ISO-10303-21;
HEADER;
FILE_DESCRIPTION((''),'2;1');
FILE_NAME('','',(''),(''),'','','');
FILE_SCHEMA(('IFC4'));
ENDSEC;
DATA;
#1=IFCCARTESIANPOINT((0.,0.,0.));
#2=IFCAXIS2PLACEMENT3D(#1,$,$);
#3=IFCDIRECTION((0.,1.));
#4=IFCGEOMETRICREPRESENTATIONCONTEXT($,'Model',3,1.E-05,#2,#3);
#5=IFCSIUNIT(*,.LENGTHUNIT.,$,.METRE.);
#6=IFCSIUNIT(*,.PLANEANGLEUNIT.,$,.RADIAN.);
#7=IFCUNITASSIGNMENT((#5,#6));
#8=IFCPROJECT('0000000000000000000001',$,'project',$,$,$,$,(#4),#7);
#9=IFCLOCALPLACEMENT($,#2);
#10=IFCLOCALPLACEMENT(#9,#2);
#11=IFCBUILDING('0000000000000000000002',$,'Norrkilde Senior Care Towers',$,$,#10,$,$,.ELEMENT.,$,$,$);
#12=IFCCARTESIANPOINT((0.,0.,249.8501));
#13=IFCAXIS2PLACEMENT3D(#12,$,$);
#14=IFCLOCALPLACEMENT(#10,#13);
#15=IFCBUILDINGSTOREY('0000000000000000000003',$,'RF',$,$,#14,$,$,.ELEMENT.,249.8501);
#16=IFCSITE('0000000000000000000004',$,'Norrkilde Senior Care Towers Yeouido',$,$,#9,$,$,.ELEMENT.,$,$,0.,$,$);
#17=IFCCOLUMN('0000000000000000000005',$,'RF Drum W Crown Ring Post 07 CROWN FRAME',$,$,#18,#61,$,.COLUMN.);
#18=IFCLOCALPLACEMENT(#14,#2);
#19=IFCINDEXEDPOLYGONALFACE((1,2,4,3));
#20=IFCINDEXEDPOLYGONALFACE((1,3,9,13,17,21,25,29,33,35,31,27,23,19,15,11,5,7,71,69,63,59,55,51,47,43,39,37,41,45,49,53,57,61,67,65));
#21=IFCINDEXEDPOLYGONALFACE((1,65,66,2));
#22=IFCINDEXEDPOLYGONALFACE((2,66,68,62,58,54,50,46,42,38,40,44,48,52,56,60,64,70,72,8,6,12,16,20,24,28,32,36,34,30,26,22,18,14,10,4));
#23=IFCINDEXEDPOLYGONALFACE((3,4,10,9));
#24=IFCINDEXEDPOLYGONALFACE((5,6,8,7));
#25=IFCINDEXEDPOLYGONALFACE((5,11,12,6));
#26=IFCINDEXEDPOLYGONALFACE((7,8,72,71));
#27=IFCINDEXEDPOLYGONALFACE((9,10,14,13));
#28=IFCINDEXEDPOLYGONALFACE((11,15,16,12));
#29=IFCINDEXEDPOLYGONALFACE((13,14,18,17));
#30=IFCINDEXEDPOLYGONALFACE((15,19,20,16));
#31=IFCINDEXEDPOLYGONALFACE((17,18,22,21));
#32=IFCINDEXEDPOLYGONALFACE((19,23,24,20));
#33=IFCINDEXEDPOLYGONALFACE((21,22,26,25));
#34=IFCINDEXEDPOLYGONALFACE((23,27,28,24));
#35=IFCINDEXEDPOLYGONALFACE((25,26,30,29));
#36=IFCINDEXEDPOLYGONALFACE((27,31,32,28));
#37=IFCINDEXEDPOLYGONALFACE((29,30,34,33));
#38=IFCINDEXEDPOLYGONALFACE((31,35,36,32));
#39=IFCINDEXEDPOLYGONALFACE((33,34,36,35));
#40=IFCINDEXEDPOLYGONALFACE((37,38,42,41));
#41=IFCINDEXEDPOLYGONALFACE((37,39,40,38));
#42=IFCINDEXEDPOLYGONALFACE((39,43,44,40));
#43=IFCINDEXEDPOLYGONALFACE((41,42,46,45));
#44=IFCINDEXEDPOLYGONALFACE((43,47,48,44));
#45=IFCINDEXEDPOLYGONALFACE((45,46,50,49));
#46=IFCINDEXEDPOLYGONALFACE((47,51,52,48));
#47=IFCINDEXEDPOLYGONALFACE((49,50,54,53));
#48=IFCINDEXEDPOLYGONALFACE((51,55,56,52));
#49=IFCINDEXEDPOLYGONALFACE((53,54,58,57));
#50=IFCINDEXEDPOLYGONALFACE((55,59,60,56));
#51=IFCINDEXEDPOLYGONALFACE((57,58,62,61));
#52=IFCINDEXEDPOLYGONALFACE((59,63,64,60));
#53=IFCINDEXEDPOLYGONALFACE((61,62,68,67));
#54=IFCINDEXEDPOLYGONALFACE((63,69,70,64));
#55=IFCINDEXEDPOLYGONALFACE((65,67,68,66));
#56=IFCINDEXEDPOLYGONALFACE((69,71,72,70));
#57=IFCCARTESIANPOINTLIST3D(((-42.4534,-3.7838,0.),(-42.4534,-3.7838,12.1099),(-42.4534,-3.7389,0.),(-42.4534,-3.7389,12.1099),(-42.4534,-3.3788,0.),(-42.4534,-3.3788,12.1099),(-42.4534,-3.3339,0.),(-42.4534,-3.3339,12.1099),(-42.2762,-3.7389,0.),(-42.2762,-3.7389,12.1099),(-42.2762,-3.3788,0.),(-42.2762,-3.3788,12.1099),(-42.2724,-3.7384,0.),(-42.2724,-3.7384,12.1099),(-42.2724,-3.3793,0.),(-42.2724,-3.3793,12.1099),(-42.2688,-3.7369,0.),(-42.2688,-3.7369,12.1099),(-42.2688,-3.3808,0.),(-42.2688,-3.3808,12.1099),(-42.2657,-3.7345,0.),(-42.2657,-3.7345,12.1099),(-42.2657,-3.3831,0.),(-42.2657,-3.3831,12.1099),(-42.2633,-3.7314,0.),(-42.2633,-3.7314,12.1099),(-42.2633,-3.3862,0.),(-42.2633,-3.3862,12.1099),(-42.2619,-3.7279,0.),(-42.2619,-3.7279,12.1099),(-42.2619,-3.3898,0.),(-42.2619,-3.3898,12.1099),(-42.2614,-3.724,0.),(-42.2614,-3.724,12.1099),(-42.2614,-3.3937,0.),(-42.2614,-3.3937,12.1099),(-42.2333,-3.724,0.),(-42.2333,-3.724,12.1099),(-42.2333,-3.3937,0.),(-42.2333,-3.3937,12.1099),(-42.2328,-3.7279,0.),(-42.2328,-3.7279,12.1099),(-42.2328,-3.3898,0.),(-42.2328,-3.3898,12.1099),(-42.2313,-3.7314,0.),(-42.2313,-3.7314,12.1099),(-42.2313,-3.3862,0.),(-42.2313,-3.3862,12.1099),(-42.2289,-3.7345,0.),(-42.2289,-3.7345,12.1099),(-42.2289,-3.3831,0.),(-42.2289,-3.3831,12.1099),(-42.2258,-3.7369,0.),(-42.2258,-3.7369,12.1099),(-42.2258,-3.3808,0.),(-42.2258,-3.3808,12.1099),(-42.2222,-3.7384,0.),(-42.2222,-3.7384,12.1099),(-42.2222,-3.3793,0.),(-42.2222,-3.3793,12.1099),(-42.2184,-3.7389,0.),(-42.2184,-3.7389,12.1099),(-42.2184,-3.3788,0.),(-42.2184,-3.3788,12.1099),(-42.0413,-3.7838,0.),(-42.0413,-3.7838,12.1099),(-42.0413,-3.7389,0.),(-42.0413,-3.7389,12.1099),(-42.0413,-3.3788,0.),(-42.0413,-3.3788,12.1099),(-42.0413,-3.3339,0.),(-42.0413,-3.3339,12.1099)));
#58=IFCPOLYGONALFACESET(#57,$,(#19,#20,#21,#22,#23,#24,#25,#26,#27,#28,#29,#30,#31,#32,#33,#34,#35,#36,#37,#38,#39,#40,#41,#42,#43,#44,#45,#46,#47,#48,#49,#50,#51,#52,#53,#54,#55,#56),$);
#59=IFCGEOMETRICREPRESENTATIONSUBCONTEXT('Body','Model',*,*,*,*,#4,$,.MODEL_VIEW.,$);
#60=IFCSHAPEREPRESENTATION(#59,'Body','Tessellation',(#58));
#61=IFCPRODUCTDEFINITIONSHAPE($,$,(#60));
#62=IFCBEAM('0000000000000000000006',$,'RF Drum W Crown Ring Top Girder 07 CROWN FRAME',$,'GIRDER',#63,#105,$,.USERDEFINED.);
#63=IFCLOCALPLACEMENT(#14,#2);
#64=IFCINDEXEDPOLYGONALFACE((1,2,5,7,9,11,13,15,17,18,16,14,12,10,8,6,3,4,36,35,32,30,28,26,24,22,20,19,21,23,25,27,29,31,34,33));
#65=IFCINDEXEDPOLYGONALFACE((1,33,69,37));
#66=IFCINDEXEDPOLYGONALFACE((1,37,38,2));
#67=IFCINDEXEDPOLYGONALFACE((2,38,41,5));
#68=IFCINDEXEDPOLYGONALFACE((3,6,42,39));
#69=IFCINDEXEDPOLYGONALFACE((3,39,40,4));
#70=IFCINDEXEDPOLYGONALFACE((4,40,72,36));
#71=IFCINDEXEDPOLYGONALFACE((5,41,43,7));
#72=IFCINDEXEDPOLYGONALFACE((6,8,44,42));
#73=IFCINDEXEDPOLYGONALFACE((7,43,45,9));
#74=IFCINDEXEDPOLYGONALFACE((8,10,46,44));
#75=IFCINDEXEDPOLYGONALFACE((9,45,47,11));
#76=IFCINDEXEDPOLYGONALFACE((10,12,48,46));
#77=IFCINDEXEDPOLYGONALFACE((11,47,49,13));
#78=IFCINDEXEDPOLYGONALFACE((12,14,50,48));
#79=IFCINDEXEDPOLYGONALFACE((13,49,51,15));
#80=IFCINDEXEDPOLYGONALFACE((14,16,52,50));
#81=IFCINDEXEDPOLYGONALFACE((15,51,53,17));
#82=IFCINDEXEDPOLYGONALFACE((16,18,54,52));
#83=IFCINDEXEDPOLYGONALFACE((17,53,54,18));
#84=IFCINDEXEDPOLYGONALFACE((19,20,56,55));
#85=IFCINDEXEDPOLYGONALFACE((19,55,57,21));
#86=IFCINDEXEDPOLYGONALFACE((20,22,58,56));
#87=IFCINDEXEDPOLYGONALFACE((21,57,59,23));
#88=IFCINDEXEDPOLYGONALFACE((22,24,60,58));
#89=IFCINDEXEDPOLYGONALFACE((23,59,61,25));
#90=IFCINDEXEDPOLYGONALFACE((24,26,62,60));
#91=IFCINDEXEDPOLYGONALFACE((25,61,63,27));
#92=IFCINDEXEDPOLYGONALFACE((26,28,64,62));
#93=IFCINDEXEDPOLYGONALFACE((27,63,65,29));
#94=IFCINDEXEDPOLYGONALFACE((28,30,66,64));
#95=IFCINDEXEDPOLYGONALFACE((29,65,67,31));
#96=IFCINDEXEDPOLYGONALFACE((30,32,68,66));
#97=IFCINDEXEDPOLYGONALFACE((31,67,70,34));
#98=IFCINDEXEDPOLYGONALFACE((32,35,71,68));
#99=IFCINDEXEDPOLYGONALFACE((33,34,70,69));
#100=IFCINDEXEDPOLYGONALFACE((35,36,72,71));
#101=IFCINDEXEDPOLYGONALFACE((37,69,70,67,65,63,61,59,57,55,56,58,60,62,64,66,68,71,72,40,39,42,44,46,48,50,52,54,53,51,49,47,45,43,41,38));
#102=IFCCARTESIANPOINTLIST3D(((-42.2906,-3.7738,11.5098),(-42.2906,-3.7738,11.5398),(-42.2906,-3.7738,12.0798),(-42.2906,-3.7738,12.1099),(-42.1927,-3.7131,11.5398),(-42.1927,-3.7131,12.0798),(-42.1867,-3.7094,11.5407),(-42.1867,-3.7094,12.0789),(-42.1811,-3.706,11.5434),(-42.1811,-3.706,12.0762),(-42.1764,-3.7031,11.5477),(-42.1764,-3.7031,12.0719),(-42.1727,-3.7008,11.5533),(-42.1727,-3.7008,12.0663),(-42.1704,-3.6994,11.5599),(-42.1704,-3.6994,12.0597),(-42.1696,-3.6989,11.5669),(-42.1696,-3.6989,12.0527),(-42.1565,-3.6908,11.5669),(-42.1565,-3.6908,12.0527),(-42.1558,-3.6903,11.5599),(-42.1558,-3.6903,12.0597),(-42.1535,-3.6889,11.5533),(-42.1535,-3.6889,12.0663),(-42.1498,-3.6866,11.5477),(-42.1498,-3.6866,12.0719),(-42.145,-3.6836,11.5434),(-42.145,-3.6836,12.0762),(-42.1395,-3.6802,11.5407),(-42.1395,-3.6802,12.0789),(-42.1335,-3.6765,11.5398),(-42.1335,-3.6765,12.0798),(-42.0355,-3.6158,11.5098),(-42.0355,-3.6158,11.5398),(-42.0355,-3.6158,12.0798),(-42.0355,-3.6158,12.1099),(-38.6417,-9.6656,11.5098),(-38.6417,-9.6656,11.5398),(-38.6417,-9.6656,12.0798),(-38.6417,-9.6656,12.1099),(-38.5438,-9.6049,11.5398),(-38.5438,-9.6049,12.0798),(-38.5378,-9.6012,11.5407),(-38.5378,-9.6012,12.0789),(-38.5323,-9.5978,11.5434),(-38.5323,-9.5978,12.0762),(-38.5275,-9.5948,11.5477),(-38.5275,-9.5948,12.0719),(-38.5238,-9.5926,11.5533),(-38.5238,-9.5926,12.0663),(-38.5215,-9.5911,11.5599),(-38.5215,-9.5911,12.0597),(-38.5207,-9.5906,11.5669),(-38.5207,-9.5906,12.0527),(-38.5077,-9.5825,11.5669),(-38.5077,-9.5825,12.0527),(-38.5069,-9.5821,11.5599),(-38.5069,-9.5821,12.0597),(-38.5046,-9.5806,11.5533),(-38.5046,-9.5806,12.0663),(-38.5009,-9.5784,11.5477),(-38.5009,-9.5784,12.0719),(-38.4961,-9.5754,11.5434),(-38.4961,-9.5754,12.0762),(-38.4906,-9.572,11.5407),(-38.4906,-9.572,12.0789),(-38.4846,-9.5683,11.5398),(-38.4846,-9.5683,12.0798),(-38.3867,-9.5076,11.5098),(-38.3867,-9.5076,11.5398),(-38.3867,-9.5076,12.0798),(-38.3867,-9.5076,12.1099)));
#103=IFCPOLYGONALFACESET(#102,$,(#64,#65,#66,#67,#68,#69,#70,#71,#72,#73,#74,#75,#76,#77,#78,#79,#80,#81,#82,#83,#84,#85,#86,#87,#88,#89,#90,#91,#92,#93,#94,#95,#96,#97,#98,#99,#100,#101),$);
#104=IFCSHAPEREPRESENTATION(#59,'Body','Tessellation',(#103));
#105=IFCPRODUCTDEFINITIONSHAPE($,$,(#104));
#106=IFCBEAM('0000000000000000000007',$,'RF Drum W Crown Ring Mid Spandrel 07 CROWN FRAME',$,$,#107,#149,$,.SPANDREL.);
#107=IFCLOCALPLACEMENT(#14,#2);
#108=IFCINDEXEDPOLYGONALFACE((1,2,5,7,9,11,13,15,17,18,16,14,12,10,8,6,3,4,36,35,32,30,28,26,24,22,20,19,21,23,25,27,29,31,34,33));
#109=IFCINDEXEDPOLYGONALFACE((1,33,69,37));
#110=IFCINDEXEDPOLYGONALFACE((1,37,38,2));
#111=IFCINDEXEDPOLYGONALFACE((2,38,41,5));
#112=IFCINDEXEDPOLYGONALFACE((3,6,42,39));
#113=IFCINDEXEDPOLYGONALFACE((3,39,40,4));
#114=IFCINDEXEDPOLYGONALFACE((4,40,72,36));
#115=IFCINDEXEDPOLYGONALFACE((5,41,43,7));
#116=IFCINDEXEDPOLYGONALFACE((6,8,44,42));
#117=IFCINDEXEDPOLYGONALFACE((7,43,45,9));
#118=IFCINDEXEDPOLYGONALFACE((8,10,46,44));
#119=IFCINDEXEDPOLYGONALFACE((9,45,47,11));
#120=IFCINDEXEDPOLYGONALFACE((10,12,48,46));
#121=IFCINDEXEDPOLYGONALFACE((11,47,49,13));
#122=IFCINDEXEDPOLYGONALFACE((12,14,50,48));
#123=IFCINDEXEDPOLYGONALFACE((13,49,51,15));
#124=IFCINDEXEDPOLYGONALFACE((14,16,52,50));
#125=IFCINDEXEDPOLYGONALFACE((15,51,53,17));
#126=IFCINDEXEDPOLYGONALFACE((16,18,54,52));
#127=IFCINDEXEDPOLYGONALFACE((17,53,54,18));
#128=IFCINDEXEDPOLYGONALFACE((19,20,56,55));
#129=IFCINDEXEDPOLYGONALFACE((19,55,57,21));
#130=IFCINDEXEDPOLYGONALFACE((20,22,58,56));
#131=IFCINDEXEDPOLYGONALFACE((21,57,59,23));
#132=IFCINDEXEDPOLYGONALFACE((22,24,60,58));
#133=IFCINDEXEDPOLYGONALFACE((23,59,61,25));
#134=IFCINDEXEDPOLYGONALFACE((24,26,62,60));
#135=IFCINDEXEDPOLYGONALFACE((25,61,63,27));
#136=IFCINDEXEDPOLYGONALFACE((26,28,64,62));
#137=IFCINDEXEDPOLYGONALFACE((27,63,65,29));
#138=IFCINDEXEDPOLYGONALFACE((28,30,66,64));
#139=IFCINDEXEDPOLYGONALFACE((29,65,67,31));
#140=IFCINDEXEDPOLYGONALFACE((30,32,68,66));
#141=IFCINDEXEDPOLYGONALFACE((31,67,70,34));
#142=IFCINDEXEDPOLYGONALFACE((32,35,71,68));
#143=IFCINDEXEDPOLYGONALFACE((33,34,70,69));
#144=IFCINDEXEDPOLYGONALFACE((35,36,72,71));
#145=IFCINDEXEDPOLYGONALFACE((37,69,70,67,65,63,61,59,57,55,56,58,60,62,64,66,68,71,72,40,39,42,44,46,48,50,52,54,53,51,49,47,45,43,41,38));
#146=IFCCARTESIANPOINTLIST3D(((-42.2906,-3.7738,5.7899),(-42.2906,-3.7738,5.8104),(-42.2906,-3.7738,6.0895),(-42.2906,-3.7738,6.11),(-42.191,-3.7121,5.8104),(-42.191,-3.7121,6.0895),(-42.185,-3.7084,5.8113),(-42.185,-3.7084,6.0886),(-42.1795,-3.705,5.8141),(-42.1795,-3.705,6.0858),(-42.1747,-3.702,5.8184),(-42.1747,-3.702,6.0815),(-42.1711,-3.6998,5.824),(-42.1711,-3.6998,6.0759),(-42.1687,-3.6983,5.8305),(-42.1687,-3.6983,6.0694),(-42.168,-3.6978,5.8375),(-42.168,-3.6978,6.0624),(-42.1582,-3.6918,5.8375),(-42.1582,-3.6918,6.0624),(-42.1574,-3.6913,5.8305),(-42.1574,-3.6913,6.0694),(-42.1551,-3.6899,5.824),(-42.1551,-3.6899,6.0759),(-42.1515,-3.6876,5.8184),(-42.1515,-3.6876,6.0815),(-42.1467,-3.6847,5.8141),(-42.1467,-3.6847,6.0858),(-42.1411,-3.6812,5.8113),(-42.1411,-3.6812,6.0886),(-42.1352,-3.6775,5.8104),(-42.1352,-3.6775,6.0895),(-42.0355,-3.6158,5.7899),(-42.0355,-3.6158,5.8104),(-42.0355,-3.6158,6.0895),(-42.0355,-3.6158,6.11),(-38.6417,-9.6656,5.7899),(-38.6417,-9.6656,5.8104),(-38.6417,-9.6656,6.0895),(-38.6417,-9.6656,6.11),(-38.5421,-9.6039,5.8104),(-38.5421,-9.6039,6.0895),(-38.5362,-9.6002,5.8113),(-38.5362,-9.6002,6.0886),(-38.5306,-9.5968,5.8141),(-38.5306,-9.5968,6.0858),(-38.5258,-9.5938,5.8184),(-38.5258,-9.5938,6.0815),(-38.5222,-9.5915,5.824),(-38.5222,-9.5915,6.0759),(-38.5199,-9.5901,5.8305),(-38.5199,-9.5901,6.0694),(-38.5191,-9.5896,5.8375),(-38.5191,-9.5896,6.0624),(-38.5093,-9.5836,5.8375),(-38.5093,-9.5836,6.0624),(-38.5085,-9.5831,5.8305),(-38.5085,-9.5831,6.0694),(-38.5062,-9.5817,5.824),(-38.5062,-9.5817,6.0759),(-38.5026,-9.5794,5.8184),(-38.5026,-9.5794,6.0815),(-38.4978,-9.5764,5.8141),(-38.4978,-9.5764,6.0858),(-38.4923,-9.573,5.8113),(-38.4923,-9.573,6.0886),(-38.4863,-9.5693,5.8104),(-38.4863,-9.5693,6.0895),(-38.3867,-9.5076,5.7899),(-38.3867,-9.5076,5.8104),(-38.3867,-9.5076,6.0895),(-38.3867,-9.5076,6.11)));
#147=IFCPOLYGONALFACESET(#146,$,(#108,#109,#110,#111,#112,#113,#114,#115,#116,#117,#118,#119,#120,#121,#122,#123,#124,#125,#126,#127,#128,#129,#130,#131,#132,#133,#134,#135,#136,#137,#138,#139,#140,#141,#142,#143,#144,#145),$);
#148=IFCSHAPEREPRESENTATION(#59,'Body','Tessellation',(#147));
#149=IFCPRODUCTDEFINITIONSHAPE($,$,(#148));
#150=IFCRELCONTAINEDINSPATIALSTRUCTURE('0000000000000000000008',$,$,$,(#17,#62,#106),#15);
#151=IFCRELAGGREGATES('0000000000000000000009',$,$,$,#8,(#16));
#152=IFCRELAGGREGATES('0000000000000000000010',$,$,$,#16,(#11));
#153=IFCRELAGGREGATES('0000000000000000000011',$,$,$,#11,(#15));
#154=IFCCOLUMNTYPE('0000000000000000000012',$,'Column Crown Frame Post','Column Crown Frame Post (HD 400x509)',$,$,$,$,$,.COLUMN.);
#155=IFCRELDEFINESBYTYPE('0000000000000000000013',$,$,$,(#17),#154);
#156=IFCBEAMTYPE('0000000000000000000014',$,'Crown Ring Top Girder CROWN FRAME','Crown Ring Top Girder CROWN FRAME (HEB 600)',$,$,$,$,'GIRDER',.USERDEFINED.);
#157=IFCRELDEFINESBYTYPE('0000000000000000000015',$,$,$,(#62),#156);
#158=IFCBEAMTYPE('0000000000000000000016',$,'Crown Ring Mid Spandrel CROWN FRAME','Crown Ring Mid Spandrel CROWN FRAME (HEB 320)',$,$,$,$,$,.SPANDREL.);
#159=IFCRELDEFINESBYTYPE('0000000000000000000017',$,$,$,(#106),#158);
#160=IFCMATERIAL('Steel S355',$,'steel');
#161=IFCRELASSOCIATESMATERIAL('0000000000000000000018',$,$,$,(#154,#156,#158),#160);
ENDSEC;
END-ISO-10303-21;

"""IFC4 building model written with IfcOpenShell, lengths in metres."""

from ifc_helpers import new_model, si_unit, direction, frame, origin, origin_2d, place, context, subcontext, project, spatial, i_section, extrude, source, transform, mapped, material, material_profile, profile_set, type_object, type_shapes, element, save


model = new_model("IFC4")

# Units and contexts
model_context = context("Model", 3, precision=1e-05, world=origin(), true_north=direction((0.0, 1.0)))
body_context = subcontext(model_context, "Body", "Model", "MODEL_VIEW")
ifc_project = project(units=[si_unit("LENGTHUNIT", "METRE"), si_unit("PLANEANGLEUNIT", "RADIAN")], contexts=[model_context])

# Site, building, storey
site_placement = place(None, origin())
site = spatial("IfcSite", under=ifc_project, at=site_placement, Name="Norrkilde Senior Care Towers Yeouido", CompositionType="ELEMENT", RefElevation=0.0)
building_placement = place(site_placement, origin())
building = spatial("IfcBuilding", under=site, at=building_placement, Name="Norrkilde Senior Care Towers", CompositionType="ELEMENT")
storey_placement = place(building_placement, frame((0.0, 0.0, 249.8501)))
storey = spatial("IfcBuildingStorey", under=building, at=storey_placement, Name="RF", CompositionType="ELEMENT", Elevation=249.8501)

# Column
ifc_material_1 = material(Name="Steel S355", Category="steel")
ifc_material_profile_1 = material_profile(ifc_material_1, i_section(OverallWidth=0.4121, OverallDepth=0.45, WebThickness=0.0281, FlangeThickness=0.0449, FilletRadius=0.0149, at=origin_2d()), Name="HD 400x509")
ifc_profile_set_1 = profile_set([ifc_material_profile_1], Name="Steel S355")
column_type = type_object("IfcColumnType", Name="Column Crown Frame Post", Description="Column Crown Frame Post (HD 400x509)", PredefinedType="COLUMN", material=ifc_profile_set_1)
shared_shape_1 = source(origin(), body_context, "Body", "SweptSolid", [
    extrude(i_section(OverallWidth=0.4121, OverallDepth=0.45, WebThickness=0.0281, FlangeThickness=0.0449, FilletRadius=0.0149, at=origin_2d()), origin(), (0.0, 0.0, 1.0), 12.1099),
])
type_shapes(column_type, [shared_shape_1])
column_placement = place(storey_placement, frame((-42.2473, -3.5588, 0.0), z_axis=(0.0, 0.0, 1.0), x_axis=(1.0, 0.0, 0.0)))
element("IfcColumn", 1, at=column_placement, inside=storey, type_object=column_type, Name="RF Drum W Crown Ring Post 07 CROWN FRAME", PredefinedType="COLUMN", context=body_context, shape_type="MappedRepresentation", body=[
    mapped(shared_shape_1, transform((0.0, 0.0, 0.0), x_axis=(1.0, 0.0, 0.0), y_axis=(0.0, 1.0, 0.0), z_axis=(0.0, 0.0, 1.0), scale=1.0)),
])

# Beams
ifc_material_profile_2 = material_profile(ifc_material_1, i_section(OverallWidth=0.3, OverallDepth=0.6001, WebThickness=0.0154, FlangeThickness=0.03, FilletRadius=0.0271, at=origin_2d()), Name="HEB 600")
ifc_profile_set_2 = profile_set([ifc_material_profile_2], Name="Steel S355")
beam_type_1 = type_object("IfcBeamType", Name="Crown Ring Top Girder CROWN FRAME", Description="Crown Ring Top Girder CROWN FRAME (HEB 600)", ElementType="GIRDER", PredefinedType="USERDEFINED", material=ifc_profile_set_2)
shared_shape_2 = source(origin(), body_context, "Body", "SweptSolid", [
    extrude(i_section(OverallWidth=0.3, OverallDepth=0.6001, WebThickness=0.0154, FlangeThickness=0.03, FilletRadius=0.0271, at=origin_2d()), origin(), (0.0, 0.0, 1.0), 6.9302),
])
type_shapes(beam_type_1, [shared_shape_2])
beam_1_placement = place(storey_placement, frame((-42.1631, -3.6948, 11.8098), z_axis=(0.526521, -0.850162, 0.0), x_axis=(0.850162, 0.526521, 0.0)))
element("IfcBeam", 2, at=beam_1_placement, inside=storey, type_object=beam_type_1, Name="RF Drum W Crown Ring Top Girder 07 CROWN FRAME", ObjectType="GIRDER", PredefinedType="USERDEFINED", context=body_context, shape_type="MappedRepresentation", body=[
    mapped(shared_shape_2, transform((0.0, 0.0, 0.0), x_axis=(1.0, 0.0, 0.0), y_axis=(0.0, 1.0, 0.0), z_axis=(0.0, 0.0, 1.0), scale=1.0)),
])
ifc_material_profile_3 = material_profile(ifc_material_1, i_section(OverallWidth=0.3, OverallDepth=0.3201, WebThickness=0.0115, FlangeThickness=0.0205, FilletRadius=0.0271, at=origin_2d()), Name="HEB 320")
ifc_profile_set_3 = profile_set([ifc_material_profile_3], Name="Steel S355")
beam_type_2 = type_object("IfcBeamType", Name="Crown Ring Mid Spandrel CROWN FRAME", Description="Crown Ring Mid Spandrel CROWN FRAME (HEB 320)", PredefinedType="SPANDREL", material=ifc_profile_set_3)
shared_shape_3 = source(origin(), body_context, "Body", "SweptSolid", [
    extrude(i_section(OverallWidth=0.3, OverallDepth=0.3201, WebThickness=0.0115, FlangeThickness=0.0205, FilletRadius=0.0271, at=origin_2d()), origin(), (0.0, 0.0, 1.0), 6.9302),
])
type_shapes(beam_type_2, [shared_shape_3])
beam_2_placement = place(storey_placement, frame((-42.1631, -3.6948, 5.95), z_axis=(0.526521, -0.850162, 0.0), x_axis=(0.850162, 0.526521, 0.0)))
element("IfcBeam", 3, at=beam_2_placement, inside=storey, type_object=beam_type_2, Name="RF Drum W Crown Ring Mid Spandrel 07 CROWN FRAME", PredefinedType="SPANDREL", context=body_context, shape_type="MappedRepresentation", body=[
    mapped(shared_shape_3, transform((0.0, 0.0, 0.0), x_axis=(1.0, 0.0, 0.0), y_axis=(0.0, 1.0, 0.0), z_axis=(0.0, 0.0, 1.0), scale=1.0)),
])

save(model, "model.ifc")
